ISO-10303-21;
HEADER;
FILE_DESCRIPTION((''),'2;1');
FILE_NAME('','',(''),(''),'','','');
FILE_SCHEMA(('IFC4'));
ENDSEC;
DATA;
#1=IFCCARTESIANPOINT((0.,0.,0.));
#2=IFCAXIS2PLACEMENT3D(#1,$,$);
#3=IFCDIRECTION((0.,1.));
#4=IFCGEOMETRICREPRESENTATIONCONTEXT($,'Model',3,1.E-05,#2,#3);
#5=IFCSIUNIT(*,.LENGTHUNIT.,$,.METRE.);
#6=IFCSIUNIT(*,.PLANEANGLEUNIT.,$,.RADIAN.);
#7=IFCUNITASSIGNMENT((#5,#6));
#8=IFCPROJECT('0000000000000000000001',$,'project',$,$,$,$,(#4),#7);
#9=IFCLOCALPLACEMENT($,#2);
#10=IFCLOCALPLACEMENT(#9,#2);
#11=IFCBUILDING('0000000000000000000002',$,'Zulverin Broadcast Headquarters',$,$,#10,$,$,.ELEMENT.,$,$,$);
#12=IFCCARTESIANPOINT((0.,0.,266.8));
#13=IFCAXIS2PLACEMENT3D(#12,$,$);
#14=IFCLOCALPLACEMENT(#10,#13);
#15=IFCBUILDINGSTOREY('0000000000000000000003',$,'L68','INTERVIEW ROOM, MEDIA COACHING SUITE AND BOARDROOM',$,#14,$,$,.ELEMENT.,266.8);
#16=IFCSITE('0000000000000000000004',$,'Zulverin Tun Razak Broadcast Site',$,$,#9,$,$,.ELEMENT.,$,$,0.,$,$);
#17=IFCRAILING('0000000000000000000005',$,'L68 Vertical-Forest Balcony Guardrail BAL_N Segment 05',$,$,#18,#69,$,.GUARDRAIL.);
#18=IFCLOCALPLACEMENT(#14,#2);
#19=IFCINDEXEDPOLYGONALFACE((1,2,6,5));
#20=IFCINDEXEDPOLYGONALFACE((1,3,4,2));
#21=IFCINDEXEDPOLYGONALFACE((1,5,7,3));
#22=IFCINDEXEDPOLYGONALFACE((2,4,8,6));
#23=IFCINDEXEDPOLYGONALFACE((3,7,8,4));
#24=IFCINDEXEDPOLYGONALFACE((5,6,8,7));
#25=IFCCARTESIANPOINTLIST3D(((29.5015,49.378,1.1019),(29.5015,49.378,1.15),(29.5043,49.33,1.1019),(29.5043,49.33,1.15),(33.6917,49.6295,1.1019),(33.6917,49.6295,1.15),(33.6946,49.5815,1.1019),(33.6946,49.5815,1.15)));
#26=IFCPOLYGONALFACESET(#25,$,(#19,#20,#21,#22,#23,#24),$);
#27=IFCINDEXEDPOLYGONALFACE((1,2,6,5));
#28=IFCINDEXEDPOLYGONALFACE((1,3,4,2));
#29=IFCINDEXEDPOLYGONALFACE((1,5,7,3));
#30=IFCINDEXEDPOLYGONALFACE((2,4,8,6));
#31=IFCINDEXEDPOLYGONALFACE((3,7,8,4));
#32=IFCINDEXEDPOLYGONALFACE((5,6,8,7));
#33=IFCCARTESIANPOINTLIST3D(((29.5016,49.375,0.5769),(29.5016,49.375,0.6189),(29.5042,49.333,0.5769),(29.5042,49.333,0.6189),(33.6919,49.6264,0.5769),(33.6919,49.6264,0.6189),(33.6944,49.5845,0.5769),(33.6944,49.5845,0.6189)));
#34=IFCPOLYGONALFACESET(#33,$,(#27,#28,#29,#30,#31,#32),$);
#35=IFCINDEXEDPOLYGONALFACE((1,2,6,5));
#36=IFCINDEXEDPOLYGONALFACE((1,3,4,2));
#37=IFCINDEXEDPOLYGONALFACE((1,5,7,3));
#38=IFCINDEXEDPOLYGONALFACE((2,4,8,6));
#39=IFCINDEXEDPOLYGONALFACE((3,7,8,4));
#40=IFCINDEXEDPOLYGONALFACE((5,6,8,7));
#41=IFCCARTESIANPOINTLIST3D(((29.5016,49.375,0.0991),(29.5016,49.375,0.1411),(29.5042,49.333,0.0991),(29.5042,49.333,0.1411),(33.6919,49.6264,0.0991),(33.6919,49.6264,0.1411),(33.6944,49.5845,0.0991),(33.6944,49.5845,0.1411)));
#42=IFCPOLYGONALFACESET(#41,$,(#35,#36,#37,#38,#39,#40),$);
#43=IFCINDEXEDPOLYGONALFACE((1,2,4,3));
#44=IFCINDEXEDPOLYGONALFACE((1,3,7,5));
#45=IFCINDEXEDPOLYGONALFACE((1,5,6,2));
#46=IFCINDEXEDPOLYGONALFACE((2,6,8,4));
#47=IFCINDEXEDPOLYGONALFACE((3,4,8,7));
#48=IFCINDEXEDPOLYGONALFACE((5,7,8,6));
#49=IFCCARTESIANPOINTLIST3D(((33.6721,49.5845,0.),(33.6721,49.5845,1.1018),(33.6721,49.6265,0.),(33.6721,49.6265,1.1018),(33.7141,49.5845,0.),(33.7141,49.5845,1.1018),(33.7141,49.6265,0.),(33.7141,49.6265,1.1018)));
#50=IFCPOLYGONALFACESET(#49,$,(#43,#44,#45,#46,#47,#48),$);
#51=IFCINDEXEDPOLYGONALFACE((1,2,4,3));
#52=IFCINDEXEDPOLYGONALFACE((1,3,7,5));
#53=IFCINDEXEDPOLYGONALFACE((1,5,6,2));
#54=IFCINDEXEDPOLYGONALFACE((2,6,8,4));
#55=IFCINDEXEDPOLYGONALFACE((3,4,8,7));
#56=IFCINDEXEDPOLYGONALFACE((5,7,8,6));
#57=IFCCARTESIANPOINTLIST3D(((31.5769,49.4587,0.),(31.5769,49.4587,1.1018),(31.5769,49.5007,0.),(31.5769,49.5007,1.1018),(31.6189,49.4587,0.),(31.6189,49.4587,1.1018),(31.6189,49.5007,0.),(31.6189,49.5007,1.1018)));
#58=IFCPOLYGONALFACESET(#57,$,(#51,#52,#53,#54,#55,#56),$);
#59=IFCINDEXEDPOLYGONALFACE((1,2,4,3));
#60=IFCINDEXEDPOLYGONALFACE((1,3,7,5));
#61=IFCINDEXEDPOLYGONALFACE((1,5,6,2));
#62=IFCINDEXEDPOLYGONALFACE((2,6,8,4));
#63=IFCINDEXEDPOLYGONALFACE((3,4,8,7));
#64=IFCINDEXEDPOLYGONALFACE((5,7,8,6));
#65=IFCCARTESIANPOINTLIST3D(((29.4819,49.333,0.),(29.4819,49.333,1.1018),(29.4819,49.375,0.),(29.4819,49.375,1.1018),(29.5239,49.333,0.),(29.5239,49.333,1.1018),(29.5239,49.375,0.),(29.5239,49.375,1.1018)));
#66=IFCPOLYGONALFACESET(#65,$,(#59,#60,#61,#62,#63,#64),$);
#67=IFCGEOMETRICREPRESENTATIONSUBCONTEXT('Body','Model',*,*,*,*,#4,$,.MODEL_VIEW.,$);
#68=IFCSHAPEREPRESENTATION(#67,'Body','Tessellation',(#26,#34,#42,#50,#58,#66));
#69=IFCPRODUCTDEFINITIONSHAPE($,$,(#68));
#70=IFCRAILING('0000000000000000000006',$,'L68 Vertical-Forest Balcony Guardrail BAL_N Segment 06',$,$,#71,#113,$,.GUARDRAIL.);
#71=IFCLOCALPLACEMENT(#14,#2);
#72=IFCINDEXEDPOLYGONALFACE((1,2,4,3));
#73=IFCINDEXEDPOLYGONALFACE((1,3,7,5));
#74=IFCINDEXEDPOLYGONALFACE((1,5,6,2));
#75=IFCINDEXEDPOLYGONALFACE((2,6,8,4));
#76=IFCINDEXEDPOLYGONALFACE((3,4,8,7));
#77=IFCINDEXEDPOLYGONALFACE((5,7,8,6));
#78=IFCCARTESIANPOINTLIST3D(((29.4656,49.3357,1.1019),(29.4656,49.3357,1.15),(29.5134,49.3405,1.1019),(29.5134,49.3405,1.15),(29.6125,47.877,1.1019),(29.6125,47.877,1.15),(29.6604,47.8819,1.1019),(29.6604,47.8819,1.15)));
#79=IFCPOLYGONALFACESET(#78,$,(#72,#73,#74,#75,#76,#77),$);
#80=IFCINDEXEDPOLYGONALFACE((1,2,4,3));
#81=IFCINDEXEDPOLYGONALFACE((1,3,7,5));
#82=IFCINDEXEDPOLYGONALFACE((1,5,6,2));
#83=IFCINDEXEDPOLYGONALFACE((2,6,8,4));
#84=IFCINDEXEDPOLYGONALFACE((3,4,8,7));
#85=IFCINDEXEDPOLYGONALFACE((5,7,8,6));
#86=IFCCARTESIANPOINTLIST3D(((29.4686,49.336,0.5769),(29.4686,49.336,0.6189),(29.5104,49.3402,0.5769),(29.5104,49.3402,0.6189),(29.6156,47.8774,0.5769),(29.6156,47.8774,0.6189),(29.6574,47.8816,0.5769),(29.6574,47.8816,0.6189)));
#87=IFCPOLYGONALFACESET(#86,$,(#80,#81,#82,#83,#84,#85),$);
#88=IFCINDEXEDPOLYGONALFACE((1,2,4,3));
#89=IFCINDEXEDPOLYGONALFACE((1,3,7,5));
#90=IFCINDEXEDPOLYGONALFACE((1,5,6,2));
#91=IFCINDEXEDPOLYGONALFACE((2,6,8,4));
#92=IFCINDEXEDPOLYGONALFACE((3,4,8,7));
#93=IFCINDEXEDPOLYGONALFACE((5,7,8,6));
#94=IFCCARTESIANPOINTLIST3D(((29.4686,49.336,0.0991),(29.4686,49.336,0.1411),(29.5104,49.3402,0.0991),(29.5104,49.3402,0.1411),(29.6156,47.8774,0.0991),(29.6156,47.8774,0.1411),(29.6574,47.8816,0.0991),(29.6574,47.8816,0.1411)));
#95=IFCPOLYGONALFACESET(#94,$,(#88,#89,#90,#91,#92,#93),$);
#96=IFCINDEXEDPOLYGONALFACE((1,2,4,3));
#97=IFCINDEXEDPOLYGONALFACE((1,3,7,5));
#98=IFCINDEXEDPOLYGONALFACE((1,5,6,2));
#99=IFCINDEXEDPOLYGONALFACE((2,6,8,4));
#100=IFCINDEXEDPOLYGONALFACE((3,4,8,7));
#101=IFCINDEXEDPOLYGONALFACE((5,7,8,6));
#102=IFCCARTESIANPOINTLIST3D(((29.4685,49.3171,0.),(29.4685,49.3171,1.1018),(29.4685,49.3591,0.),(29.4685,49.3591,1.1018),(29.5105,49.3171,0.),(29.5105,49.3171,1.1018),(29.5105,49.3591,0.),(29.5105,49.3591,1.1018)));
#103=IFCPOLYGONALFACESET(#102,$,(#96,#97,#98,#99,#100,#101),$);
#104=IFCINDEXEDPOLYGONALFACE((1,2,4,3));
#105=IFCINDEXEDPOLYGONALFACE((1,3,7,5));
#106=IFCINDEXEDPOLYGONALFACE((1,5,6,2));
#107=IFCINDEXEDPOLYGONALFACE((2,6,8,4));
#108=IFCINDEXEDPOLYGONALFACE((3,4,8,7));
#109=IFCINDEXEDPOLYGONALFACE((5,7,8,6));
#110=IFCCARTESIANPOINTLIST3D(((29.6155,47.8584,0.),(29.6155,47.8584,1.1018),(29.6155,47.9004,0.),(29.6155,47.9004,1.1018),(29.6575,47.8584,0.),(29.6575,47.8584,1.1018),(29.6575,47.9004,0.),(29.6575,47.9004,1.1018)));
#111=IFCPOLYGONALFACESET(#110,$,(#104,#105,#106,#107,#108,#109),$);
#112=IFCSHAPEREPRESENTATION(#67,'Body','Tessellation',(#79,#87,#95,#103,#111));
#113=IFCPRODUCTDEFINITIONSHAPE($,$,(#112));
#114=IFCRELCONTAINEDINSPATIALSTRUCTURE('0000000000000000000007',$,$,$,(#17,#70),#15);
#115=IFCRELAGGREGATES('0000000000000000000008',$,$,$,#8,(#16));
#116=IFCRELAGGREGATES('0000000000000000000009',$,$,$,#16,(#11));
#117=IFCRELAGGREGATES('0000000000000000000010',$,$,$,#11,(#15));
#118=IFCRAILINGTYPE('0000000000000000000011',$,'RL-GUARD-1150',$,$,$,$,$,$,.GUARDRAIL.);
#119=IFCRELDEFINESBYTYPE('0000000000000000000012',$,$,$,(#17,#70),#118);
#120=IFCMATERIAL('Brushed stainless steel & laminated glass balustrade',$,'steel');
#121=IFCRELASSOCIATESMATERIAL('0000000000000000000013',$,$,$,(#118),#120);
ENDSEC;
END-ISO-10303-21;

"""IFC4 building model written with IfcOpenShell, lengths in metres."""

from ifc_helpers import new_model, si_unit, direction, frame, origin, origin_2d, place, context, subcontext, project, spatial, rectangle, extrude, material, type_object, element, save


model = new_model("IFC4")

# Units and contexts
model_context = context("Model", 3, precision=1e-05, world=origin(), true_north=direction((0.0, 1.0)))
body_context = subcontext(model_context, "Body", "Model", "MODEL_VIEW")
ifc_project = project(units=[si_unit("LENGTHUNIT", "METRE"), si_unit("PLANEANGLEUNIT", "RADIAN")], contexts=[model_context])

# Site, building, storey
site_placement = place(None, origin())
site = spatial("IfcSite", under=ifc_project, at=site_placement, Name="Zulverin Tun Razak Broadcast Site", CompositionType="ELEMENT", RefElevation=0.0)
building_placement = place(site_placement, origin())
building = spatial("IfcBuilding", under=site, at=building_placement, Name="Zulverin Broadcast Headquarters", CompositionType="ELEMENT")
storey_placement = place(building_placement, frame((0.0, 0.0, 266.8)))
storey = spatial("IfcBuildingStorey", under=building, at=storey_placement, Name="L68", Description="INTERVIEW ROOM, MEDIA COACHING SUITE AND BOARDROOM", CompositionType="ELEMENT", Elevation=266.8)

# Railings
ifc_material_1 = material(Name="Brushed stainless steel & laminated glass balustrade", Category="steel")
railing_type = type_object("IfcRailingType", Name="RL-GUARD-1150", PredefinedType="GUARDRAIL", material=ifc_material_1)
railing_1_placement = place(storey_placement, frame((33.6931, 49.6055, 0.0)))
element("IfcRailing", 1, at=railing_1_placement, inside=storey, type_object=railing_type, Name="L68 Vertical-Forest Balcony Guardrail BAL_N Segment 05", PredefinedType="GUARDRAIL", context=body_context, shape_type="SweptSolid", body=[
    extrude(rectangle(XDim=0.0481, YDim=0.0481, at=origin_2d()), frame((0.0, 0.0, 1.126), z_axis=(-0.998204, -0.059905, 0.0), x_axis=(0.059905, -0.998204, 0.0)), (0.0, 0.0, 1.0), 4.1978),
    extrude(rectangle(XDim=0.042, YDim=0.042, at=origin_2d()), frame((0.0, 0.0, 0.5979), z_axis=(-0.998204, -0.059905, 0.0), x_axis=(0.059905, -0.998204, 0.0)), (0.0, 0.0, 1.0), 4.1978),
    extrude(rectangle(XDim=0.042, YDim=0.042, at=origin_2d()), frame((0.0, 0.0, 0.1201), z_axis=(-0.998204, -0.059905, 0.0), x_axis=(0.059905, -0.998204, 0.0)), (0.0, 0.0, 1.0), 4.1978),
    extrude(rectangle(XDim=0.042, YDim=0.042, at=origin_2d()), origin(), (0.0, 0.0, 1.0), 1.1018),
    extrude(rectangle(XDim=0.042, YDim=0.042, at=origin_2d()), frame((-2.0952, -0.1257, 0.0)), (0.0, 0.0, 1.0), 1.1018),
    extrude(rectangle(XDim=0.042, YDim=0.042, at=origin_2d()), frame((-4.1902, -0.2515, 0.0)), (0.0, 0.0, 1.0), 1.1018),
])
railing_2_placement = place(storey_placement, frame((29.4895, 49.3381, 0.0)))
element("IfcRailing", 2, at=railing_2_placement, inside=storey, type_object=railing_type, Name="L68 Vertical-Forest Balcony Guardrail BAL_N Segment 06", PredefinedType="GUARDRAIL", context=body_context, shape_type="SweptSolid", body=[
    extrude(rectangle(XDim=0.0481, YDim=0.0481, at=origin_2d()), frame((0.0, 0.0, 1.126), z_axis=(0.100246, -0.994963, 0.0), x_axis=(0.994963, 0.100246, 0.0)), (0.0, 0.0, 1.0), 1.4661),
    extrude(rectangle(XDim=0.042, YDim=0.042, at=origin_2d()), frame((0.0, 0.0, 0.5979), z_axis=(0.100246, -0.994963, 0.0), x_axis=(0.994963, 0.100246, 0.0)), (0.0, 0.0, 1.0), 1.4661),
    extrude(rectangle(XDim=0.042, YDim=0.042, at=origin_2d()), frame((0.0, 0.0, 0.1201), z_axis=(0.100246, -0.994963, 0.0), x_axis=(0.994963, 0.100246, 0.0)), (0.0, 0.0, 1.0), 1.4661),
    extrude(rectangle(XDim=0.042, YDim=0.042, at=origin_2d()), origin(), (0.0, 0.0, 1.0), 1.1018),
    extrude(rectangle(XDim=0.042, YDim=0.042, at=origin_2d()), frame((0.147, -1.4587, 0.0)), (0.0, 0.0, 1.0), 1.1018),
])

save(model, "model.ifc")
